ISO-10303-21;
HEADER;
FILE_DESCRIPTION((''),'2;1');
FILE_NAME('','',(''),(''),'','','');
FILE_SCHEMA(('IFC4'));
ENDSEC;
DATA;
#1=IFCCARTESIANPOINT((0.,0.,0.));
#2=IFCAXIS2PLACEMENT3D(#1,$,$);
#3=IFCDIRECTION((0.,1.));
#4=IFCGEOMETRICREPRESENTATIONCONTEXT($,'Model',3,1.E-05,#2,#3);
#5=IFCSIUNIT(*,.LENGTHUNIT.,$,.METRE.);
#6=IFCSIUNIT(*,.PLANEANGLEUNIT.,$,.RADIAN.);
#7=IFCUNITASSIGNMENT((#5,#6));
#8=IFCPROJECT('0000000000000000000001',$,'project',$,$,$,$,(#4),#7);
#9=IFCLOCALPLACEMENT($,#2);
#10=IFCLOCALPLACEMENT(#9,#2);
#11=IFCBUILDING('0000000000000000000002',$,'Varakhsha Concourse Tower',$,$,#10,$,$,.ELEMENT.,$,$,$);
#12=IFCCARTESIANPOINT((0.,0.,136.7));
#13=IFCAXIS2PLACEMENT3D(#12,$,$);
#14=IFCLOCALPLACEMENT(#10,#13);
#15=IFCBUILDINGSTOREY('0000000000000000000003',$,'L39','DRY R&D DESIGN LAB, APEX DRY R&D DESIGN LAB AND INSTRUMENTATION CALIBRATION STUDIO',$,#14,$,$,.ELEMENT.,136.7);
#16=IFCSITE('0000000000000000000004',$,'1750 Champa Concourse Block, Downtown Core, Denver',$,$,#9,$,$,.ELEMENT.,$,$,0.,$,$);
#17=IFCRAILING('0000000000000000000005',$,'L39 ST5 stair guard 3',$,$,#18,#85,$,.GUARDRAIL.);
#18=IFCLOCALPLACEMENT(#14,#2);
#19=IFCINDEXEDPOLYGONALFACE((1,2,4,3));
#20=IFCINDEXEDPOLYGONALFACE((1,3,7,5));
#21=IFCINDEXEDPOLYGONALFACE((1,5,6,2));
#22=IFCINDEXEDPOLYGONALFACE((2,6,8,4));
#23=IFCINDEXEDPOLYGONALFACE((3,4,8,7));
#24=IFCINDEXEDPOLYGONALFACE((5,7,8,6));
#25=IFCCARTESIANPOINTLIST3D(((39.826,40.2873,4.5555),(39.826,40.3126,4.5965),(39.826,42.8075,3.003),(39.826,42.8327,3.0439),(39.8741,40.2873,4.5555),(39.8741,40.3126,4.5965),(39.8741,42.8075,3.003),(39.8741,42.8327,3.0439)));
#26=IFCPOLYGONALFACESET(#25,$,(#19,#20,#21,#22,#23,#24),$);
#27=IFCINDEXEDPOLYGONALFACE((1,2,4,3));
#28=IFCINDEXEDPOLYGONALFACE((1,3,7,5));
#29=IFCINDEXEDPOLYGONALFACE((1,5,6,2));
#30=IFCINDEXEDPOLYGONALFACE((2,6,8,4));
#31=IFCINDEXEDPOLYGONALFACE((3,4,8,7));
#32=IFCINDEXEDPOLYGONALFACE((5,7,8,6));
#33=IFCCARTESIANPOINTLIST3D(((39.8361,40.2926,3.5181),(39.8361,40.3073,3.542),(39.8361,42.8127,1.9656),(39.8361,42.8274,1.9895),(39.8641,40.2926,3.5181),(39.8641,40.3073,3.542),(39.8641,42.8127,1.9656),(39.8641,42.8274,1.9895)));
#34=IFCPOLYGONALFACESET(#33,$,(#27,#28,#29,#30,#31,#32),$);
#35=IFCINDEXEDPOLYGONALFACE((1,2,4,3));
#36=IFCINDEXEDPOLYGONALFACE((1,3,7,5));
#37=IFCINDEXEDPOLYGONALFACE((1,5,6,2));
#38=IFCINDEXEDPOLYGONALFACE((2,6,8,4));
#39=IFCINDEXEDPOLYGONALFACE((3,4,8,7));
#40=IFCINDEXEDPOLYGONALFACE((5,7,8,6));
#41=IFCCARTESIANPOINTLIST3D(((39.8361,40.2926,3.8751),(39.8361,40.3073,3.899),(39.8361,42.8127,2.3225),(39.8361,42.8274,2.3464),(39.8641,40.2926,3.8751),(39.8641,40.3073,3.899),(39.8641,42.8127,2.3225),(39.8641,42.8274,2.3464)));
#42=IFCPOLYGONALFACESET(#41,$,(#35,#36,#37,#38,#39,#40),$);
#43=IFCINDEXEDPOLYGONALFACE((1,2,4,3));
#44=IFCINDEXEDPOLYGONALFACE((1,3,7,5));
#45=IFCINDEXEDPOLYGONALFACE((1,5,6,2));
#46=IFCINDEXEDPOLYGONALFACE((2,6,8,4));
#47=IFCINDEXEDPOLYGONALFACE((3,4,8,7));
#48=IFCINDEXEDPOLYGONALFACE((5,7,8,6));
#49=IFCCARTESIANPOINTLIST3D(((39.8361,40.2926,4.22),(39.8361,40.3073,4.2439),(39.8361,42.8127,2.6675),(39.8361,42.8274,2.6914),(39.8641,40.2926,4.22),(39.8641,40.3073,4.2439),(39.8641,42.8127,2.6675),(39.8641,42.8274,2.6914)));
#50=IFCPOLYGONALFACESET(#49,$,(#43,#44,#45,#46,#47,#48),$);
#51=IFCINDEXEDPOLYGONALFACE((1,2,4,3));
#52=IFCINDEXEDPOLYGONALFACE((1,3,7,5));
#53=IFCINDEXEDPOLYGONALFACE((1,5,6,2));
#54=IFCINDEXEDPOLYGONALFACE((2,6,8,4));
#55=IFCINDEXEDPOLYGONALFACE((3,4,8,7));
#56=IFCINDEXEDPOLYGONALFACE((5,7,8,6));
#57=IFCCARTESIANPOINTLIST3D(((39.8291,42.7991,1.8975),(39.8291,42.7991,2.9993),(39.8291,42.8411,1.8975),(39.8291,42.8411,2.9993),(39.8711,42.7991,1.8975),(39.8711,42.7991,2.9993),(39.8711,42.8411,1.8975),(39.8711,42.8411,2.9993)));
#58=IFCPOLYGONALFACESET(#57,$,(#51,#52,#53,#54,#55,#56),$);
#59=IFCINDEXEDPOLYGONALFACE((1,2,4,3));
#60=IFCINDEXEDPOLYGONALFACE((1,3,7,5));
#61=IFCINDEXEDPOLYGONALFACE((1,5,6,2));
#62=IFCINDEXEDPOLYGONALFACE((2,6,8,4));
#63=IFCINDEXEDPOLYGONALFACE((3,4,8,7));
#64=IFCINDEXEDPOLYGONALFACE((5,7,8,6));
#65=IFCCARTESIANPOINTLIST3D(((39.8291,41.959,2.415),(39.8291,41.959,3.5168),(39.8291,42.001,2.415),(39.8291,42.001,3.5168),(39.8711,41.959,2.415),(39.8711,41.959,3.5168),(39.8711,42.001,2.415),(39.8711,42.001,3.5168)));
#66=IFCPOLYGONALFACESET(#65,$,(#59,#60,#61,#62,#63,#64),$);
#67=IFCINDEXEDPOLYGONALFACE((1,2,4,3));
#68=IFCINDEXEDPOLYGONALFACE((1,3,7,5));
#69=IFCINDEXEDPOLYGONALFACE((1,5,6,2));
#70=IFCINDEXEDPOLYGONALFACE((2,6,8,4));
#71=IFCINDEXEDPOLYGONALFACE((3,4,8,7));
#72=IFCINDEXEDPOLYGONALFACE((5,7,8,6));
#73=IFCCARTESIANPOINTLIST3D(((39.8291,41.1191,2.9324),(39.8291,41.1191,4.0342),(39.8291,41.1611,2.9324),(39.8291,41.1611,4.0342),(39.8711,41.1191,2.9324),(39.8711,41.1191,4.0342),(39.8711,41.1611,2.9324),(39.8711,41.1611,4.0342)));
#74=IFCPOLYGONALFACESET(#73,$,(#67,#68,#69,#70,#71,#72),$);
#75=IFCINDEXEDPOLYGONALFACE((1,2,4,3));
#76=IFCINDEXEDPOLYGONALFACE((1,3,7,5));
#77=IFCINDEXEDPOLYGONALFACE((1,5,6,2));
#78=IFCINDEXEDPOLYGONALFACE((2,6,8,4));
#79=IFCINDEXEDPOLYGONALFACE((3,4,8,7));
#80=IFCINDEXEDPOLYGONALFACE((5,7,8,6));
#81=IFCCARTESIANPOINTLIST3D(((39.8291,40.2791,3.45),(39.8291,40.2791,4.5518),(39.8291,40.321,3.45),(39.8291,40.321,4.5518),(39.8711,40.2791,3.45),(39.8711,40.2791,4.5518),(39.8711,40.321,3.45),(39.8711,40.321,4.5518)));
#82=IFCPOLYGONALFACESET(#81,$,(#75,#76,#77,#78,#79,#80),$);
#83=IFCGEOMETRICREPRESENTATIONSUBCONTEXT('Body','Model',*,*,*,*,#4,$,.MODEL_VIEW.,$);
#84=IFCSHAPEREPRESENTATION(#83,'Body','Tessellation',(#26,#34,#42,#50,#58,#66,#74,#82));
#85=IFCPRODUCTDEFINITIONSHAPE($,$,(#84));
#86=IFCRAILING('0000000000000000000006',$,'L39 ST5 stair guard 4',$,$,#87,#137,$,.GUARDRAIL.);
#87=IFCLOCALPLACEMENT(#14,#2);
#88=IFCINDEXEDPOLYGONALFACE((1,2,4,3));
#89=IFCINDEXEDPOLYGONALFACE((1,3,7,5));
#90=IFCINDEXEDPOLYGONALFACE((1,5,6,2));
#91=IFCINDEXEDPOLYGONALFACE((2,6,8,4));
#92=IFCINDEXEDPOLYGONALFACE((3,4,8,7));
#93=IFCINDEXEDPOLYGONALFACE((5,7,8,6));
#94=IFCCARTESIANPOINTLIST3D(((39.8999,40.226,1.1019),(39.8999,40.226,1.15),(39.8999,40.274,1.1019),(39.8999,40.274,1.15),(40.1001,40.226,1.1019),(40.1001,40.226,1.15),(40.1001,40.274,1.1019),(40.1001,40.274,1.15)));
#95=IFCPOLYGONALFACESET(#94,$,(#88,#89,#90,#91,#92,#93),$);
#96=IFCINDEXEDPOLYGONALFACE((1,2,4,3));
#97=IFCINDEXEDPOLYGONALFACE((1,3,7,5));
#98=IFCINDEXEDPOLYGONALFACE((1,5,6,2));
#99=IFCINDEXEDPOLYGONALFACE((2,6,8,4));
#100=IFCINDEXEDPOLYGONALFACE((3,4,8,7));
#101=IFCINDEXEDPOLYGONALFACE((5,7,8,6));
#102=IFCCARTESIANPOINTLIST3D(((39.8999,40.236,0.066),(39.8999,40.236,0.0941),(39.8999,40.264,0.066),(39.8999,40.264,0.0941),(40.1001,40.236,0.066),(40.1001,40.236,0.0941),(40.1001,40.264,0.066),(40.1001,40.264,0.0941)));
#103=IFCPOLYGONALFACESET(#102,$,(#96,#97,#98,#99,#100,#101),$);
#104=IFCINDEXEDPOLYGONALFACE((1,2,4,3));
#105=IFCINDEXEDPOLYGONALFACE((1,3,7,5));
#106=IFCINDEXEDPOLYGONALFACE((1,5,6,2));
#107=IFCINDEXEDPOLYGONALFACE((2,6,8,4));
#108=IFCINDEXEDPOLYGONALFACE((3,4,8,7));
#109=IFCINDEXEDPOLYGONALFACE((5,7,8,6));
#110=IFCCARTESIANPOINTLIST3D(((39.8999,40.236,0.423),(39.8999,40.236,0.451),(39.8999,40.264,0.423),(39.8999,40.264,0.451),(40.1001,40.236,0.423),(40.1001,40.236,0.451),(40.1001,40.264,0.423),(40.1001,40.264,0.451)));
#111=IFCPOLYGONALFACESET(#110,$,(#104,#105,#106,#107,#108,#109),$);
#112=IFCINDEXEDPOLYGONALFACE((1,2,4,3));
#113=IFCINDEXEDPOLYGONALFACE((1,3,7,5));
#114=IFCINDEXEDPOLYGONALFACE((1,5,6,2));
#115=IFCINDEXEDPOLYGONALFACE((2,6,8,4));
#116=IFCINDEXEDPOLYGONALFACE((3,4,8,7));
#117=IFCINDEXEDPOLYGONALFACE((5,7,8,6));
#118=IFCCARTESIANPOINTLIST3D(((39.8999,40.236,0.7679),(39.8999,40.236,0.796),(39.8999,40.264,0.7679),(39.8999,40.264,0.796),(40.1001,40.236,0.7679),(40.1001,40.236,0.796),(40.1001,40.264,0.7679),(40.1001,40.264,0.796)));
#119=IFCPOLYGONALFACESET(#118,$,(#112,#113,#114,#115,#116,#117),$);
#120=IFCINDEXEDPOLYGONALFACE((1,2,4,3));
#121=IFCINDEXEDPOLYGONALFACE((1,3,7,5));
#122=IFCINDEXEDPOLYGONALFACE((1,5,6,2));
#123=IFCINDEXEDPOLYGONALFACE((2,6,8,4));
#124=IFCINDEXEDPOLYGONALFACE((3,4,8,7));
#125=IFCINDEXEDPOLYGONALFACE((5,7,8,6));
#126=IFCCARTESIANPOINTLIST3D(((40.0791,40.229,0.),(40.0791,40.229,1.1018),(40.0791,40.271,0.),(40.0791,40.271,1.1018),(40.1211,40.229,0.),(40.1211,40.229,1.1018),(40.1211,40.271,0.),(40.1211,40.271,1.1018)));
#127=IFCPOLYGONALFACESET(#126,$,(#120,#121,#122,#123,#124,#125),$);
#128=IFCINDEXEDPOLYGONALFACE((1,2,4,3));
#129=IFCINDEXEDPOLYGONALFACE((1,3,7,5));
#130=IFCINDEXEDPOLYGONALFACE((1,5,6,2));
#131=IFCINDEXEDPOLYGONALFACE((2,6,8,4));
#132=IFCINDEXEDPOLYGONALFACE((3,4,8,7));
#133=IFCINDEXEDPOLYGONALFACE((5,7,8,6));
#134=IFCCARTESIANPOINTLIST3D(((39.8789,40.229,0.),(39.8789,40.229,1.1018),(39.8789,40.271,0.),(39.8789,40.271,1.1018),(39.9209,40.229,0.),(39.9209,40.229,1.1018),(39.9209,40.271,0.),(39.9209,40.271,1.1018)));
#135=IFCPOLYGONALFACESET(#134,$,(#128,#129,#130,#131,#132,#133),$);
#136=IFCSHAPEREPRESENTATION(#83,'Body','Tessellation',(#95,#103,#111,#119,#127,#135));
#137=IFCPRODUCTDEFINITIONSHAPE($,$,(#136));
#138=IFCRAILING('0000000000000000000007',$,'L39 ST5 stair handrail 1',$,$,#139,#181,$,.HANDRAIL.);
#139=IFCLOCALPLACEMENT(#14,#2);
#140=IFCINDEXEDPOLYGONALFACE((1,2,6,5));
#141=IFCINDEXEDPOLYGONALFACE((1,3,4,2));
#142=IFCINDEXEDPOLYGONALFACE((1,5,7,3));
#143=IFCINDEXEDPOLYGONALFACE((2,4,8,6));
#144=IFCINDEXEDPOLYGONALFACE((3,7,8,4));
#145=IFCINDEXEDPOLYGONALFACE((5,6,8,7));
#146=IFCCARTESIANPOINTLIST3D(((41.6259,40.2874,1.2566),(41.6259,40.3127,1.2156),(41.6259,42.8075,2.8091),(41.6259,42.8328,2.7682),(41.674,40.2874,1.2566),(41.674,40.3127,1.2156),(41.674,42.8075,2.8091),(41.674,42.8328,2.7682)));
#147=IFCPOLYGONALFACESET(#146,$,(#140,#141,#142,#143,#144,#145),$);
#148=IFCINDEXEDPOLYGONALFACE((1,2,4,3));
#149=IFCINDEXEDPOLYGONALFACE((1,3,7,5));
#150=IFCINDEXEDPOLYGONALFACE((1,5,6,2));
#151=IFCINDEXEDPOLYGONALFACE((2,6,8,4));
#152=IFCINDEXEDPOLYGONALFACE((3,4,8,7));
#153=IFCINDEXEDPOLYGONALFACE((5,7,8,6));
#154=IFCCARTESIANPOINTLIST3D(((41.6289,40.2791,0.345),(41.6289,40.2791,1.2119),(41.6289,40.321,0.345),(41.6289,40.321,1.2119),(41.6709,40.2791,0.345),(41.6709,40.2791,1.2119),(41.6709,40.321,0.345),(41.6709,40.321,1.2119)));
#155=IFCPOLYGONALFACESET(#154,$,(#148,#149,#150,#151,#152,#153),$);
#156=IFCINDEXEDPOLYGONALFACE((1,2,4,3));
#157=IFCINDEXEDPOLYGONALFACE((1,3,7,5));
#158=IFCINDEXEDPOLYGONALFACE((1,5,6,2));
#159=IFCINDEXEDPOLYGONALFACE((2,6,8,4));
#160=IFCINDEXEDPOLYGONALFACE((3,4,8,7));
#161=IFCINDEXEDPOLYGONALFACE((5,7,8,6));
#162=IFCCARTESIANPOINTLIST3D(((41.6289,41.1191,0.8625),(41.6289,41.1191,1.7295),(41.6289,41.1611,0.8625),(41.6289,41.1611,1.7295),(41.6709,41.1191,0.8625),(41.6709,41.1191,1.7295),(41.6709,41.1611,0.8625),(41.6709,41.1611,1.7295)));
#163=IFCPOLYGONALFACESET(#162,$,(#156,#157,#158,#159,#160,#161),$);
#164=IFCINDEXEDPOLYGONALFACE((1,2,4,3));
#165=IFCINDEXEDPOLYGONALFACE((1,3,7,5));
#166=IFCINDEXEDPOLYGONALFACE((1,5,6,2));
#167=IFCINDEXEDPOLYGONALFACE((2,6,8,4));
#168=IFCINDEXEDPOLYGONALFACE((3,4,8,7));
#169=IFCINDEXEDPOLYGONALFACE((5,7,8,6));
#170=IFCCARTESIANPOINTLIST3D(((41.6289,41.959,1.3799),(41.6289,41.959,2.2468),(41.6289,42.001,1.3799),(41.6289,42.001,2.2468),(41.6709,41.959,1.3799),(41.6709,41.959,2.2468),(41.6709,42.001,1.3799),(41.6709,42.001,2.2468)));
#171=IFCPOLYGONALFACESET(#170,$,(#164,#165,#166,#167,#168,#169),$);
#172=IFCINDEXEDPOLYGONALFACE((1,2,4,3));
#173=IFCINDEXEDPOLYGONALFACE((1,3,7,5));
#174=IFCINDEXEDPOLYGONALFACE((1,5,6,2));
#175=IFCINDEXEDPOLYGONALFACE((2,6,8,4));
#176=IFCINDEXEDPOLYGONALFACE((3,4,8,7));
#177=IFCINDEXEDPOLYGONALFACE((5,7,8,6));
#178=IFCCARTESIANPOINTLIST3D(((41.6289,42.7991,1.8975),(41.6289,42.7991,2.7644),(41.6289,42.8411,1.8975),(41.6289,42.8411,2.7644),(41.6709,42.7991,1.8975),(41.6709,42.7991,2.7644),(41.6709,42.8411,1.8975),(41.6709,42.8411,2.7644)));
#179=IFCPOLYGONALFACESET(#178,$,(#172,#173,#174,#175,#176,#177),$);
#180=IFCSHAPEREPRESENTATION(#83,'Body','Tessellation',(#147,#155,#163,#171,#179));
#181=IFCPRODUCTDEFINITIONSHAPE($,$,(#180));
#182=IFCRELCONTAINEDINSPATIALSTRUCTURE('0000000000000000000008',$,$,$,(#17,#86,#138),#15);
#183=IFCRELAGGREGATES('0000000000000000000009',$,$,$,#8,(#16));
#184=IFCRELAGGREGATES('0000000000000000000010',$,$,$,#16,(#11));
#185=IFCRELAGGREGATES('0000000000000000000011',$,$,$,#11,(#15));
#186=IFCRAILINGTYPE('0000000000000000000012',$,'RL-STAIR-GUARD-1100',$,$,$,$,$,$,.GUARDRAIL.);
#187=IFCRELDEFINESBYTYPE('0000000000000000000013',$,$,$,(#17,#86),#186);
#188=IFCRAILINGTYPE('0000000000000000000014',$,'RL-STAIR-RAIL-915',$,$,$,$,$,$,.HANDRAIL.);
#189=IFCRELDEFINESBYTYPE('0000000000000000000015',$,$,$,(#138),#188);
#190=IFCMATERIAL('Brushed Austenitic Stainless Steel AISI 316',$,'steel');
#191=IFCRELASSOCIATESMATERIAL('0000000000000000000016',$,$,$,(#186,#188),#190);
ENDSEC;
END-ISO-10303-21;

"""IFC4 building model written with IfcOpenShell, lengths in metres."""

from ifc_helpers import new_model, si_unit, direction, frame, origin, origin_2d, place, context, subcontext, project, spatial, rectangle, extrude, material, type_object, element, save


model = new_model("IFC4")

# Units and contexts
model_context = context("Model", 3, precision=1e-05, world=origin(), true_north=direction((0.0, 1.0)))
body_context = subcontext(model_context, "Body", "Model", "MODEL_VIEW")
ifc_project = project(units=[si_unit("LENGTHUNIT", "METRE"), si_unit("PLANEANGLEUNIT", "RADIAN")], contexts=[model_context])

# Site, building, storey
site_placement = place(None, origin())
site = spatial("IfcSite", under=ifc_project, at=site_placement, Name="1750 Champa Concourse Block, Downtown Core, Denver", CompositionType="ELEMENT", RefElevation=0.0)
building_placement = place(site_placement, origin())
building = spatial("IfcBuilding", under=site, at=building_placement, Name="Varakhsha Concourse Tower", CompositionType="ELEMENT")
storey_placement = place(building_placement, frame((0.0, 0.0, 136.7)))
storey = spatial("IfcBuildingStorey", under=building, at=storey_placement, Name="L39", Description="DRY R&D DESIGN LAB, APEX DRY R&D DESIGN LAB AND INSTRUMENTATION CALIBRATION STUDIO", CompositionType="ELEMENT", Elevation=136.7)

# Railings
ifc_material_1 = material(Name="Brushed Austenitic Stainless Steel AISI 316", Category="steel")
railing_type_1 = type_object("IfcRailingType", Name="RL-STAIR-GUARD-1100", PredefinedType="GUARDRAIL", material=ifc_material_1)
railing_1_placement = place(storey_placement, frame((39.8501, 42.8201, 1.8975)))
element("IfcRailing", 1, at=railing_1_placement, inside=storey, type_object=railing_type_1, Name="L39 ST5 stair guard 3", PredefinedType="GUARDRAIL", context=body_context, shape_type="SweptSolid", body=[
    extrude(rectangle(XDim=0.0481, YDim=0.0481, at=origin_2d()), frame((0.0, 0.0, 1.126), z_axis=(0.0, -0.8514, 0.524516), x_axis=(1.0, 0.0, 0.0)), (0.0, 0.0, 1.0), 2.96),
    extrude(rectangle(XDim=0.0281, YDim=0.0281, at=origin_2d()), frame((0.0, 0.0, 0.0801), z_axis=(0.0, -0.8514, 0.524516), x_axis=(1.0, 0.0, 0.0)), (0.0, 0.0, 1.0), 2.96),
    extrude(rectangle(XDim=0.0281, YDim=0.0281, at=origin_2d()), frame((0.0, 0.0, 0.437), z_axis=(0.0, -0.8514, 0.524516), x_axis=(1.0, 0.0, 0.0)), (0.0, 0.0, 1.0), 2.96),
    extrude(rectangle(XDim=0.0281, YDim=0.0281, at=origin_2d()), frame((0.0, 0.0, 0.782), z_axis=(0.0, -0.8514, 0.524516), x_axis=(1.0, 0.0, 0.0)), (0.0, 0.0, 1.0), 2.96),
    extrude(rectangle(XDim=0.042, YDim=0.042, at=origin_2d()), origin(), (0.0, 0.0, 1.0), 1.1018),
    extrude(rectangle(XDim=0.042, YDim=0.042, at=origin_2d()), frame((0.0, -0.8401, 0.5176)), (0.0, 0.0, 1.0), 1.1018),
    extrude(rectangle(XDim=0.042, YDim=0.042, at=origin_2d()), frame((0.0, -1.6799, 1.0349)), (0.0, 0.0, 1.0), 1.1018),
    extrude(rectangle(XDim=0.042, YDim=0.042, at=origin_2d()), frame((0.0, -2.52, 1.5525)), (0.0, 0.0, 1.0), 1.1018),
])
railing_2_placement = place(storey_placement, frame((40.1001, 40.25, 0.0)))
element("IfcRailing", 2, at=railing_2_placement, inside=storey, type_object=railing_type_1, Name="L39 ST5 stair guard 4", PredefinedType="GUARDRAIL", context=body_context, shape_type="SweptSolid", body=[
    extrude(rectangle(XDim=0.0481, YDim=0.0481, at=origin_2d()), frame((0.0, 0.0, 1.126), z_axis=(-1.0, 0.0, 0.0), x_axis=(0.0, -1.0, 0.0)), (0.0, 0.0, 1.0), 0.2002),
    extrude(rectangle(XDim=0.0281, YDim=0.0281, at=origin_2d()), frame((0.0, 0.0, 0.0801), z_axis=(-1.0, 0.0, 0.0), x_axis=(0.0, -1.0, 0.0)), (0.0, 0.0, 1.0), 0.2002),
    extrude(rectangle(XDim=0.0281, YDim=0.0281, at=origin_2d()), frame((0.0, 0.0, 0.437), z_axis=(-1.0, 0.0, 0.0), x_axis=(0.0, -1.0, 0.0)), (0.0, 0.0, 1.0), 0.2002),
    extrude(rectangle(XDim=0.0281, YDim=0.0281, at=origin_2d()), frame((0.0, 0.0, 0.782), z_axis=(-1.0, 0.0, 0.0), x_axis=(0.0, -1.0, 0.0)), (0.0, 0.0, 1.0), 0.2002),
    extrude(rectangle(XDim=0.042, YDim=0.042, at=origin_2d()), origin(), (0.0, 0.0, 1.0), 1.1018),
    extrude(rectangle(XDim=0.042, YDim=0.042, at=origin_2d()), frame((-0.2002, 0.0, 0.0)), (0.0, 0.0, 1.0), 1.1018),
])
railing_type_2 = type_object("IfcRailingType", Name="RL-STAIR-RAIL-915", PredefinedType="HANDRAIL", material=ifc_material_1)
railing_3_placement = place(storey_placement, frame((41.6499, 40.3, 0.345)))
element("IfcRailing", 3, at=railing_3_placement, inside=storey, type_object=railing_type_2, Name="L39 ST5 stair handrail 1", PredefinedType="HANDRAIL", context=body_context, shape_type="SweptSolid", body=[
    extrude(rectangle(XDim=0.0481, YDim=0.0481, at=origin_2d()), frame((0.0, 0.0, 0.8911), z_axis=(0.0, 0.8514, 0.524516), x_axis=(-1.0, 0.0, 0.0)), (0.0, 0.0, 1.0), 2.96),
    extrude(rectangle(XDim=0.042, YDim=0.042, at=origin_2d()), origin(), (0.0, 0.0, 1.0), 0.8669),
    extrude(rectangle(XDim=0.042, YDim=0.042, at=origin_2d()), frame((0.0, 0.8401, 0.5176)), (0.0, 0.0, 1.0), 0.8669),
    extrude(rectangle(XDim=0.042, YDim=0.042, at=origin_2d()), frame((0.0, 1.6799, 1.0349)), (0.0, 0.0, 1.0), 0.8669),
    extrude(rectangle(XDim=0.042, YDim=0.042, at=origin_2d()), frame((0.0, 2.52, 1.5525)), (0.0, 0.0, 1.0), 0.8669),
])

save(model, "model.ifc")
